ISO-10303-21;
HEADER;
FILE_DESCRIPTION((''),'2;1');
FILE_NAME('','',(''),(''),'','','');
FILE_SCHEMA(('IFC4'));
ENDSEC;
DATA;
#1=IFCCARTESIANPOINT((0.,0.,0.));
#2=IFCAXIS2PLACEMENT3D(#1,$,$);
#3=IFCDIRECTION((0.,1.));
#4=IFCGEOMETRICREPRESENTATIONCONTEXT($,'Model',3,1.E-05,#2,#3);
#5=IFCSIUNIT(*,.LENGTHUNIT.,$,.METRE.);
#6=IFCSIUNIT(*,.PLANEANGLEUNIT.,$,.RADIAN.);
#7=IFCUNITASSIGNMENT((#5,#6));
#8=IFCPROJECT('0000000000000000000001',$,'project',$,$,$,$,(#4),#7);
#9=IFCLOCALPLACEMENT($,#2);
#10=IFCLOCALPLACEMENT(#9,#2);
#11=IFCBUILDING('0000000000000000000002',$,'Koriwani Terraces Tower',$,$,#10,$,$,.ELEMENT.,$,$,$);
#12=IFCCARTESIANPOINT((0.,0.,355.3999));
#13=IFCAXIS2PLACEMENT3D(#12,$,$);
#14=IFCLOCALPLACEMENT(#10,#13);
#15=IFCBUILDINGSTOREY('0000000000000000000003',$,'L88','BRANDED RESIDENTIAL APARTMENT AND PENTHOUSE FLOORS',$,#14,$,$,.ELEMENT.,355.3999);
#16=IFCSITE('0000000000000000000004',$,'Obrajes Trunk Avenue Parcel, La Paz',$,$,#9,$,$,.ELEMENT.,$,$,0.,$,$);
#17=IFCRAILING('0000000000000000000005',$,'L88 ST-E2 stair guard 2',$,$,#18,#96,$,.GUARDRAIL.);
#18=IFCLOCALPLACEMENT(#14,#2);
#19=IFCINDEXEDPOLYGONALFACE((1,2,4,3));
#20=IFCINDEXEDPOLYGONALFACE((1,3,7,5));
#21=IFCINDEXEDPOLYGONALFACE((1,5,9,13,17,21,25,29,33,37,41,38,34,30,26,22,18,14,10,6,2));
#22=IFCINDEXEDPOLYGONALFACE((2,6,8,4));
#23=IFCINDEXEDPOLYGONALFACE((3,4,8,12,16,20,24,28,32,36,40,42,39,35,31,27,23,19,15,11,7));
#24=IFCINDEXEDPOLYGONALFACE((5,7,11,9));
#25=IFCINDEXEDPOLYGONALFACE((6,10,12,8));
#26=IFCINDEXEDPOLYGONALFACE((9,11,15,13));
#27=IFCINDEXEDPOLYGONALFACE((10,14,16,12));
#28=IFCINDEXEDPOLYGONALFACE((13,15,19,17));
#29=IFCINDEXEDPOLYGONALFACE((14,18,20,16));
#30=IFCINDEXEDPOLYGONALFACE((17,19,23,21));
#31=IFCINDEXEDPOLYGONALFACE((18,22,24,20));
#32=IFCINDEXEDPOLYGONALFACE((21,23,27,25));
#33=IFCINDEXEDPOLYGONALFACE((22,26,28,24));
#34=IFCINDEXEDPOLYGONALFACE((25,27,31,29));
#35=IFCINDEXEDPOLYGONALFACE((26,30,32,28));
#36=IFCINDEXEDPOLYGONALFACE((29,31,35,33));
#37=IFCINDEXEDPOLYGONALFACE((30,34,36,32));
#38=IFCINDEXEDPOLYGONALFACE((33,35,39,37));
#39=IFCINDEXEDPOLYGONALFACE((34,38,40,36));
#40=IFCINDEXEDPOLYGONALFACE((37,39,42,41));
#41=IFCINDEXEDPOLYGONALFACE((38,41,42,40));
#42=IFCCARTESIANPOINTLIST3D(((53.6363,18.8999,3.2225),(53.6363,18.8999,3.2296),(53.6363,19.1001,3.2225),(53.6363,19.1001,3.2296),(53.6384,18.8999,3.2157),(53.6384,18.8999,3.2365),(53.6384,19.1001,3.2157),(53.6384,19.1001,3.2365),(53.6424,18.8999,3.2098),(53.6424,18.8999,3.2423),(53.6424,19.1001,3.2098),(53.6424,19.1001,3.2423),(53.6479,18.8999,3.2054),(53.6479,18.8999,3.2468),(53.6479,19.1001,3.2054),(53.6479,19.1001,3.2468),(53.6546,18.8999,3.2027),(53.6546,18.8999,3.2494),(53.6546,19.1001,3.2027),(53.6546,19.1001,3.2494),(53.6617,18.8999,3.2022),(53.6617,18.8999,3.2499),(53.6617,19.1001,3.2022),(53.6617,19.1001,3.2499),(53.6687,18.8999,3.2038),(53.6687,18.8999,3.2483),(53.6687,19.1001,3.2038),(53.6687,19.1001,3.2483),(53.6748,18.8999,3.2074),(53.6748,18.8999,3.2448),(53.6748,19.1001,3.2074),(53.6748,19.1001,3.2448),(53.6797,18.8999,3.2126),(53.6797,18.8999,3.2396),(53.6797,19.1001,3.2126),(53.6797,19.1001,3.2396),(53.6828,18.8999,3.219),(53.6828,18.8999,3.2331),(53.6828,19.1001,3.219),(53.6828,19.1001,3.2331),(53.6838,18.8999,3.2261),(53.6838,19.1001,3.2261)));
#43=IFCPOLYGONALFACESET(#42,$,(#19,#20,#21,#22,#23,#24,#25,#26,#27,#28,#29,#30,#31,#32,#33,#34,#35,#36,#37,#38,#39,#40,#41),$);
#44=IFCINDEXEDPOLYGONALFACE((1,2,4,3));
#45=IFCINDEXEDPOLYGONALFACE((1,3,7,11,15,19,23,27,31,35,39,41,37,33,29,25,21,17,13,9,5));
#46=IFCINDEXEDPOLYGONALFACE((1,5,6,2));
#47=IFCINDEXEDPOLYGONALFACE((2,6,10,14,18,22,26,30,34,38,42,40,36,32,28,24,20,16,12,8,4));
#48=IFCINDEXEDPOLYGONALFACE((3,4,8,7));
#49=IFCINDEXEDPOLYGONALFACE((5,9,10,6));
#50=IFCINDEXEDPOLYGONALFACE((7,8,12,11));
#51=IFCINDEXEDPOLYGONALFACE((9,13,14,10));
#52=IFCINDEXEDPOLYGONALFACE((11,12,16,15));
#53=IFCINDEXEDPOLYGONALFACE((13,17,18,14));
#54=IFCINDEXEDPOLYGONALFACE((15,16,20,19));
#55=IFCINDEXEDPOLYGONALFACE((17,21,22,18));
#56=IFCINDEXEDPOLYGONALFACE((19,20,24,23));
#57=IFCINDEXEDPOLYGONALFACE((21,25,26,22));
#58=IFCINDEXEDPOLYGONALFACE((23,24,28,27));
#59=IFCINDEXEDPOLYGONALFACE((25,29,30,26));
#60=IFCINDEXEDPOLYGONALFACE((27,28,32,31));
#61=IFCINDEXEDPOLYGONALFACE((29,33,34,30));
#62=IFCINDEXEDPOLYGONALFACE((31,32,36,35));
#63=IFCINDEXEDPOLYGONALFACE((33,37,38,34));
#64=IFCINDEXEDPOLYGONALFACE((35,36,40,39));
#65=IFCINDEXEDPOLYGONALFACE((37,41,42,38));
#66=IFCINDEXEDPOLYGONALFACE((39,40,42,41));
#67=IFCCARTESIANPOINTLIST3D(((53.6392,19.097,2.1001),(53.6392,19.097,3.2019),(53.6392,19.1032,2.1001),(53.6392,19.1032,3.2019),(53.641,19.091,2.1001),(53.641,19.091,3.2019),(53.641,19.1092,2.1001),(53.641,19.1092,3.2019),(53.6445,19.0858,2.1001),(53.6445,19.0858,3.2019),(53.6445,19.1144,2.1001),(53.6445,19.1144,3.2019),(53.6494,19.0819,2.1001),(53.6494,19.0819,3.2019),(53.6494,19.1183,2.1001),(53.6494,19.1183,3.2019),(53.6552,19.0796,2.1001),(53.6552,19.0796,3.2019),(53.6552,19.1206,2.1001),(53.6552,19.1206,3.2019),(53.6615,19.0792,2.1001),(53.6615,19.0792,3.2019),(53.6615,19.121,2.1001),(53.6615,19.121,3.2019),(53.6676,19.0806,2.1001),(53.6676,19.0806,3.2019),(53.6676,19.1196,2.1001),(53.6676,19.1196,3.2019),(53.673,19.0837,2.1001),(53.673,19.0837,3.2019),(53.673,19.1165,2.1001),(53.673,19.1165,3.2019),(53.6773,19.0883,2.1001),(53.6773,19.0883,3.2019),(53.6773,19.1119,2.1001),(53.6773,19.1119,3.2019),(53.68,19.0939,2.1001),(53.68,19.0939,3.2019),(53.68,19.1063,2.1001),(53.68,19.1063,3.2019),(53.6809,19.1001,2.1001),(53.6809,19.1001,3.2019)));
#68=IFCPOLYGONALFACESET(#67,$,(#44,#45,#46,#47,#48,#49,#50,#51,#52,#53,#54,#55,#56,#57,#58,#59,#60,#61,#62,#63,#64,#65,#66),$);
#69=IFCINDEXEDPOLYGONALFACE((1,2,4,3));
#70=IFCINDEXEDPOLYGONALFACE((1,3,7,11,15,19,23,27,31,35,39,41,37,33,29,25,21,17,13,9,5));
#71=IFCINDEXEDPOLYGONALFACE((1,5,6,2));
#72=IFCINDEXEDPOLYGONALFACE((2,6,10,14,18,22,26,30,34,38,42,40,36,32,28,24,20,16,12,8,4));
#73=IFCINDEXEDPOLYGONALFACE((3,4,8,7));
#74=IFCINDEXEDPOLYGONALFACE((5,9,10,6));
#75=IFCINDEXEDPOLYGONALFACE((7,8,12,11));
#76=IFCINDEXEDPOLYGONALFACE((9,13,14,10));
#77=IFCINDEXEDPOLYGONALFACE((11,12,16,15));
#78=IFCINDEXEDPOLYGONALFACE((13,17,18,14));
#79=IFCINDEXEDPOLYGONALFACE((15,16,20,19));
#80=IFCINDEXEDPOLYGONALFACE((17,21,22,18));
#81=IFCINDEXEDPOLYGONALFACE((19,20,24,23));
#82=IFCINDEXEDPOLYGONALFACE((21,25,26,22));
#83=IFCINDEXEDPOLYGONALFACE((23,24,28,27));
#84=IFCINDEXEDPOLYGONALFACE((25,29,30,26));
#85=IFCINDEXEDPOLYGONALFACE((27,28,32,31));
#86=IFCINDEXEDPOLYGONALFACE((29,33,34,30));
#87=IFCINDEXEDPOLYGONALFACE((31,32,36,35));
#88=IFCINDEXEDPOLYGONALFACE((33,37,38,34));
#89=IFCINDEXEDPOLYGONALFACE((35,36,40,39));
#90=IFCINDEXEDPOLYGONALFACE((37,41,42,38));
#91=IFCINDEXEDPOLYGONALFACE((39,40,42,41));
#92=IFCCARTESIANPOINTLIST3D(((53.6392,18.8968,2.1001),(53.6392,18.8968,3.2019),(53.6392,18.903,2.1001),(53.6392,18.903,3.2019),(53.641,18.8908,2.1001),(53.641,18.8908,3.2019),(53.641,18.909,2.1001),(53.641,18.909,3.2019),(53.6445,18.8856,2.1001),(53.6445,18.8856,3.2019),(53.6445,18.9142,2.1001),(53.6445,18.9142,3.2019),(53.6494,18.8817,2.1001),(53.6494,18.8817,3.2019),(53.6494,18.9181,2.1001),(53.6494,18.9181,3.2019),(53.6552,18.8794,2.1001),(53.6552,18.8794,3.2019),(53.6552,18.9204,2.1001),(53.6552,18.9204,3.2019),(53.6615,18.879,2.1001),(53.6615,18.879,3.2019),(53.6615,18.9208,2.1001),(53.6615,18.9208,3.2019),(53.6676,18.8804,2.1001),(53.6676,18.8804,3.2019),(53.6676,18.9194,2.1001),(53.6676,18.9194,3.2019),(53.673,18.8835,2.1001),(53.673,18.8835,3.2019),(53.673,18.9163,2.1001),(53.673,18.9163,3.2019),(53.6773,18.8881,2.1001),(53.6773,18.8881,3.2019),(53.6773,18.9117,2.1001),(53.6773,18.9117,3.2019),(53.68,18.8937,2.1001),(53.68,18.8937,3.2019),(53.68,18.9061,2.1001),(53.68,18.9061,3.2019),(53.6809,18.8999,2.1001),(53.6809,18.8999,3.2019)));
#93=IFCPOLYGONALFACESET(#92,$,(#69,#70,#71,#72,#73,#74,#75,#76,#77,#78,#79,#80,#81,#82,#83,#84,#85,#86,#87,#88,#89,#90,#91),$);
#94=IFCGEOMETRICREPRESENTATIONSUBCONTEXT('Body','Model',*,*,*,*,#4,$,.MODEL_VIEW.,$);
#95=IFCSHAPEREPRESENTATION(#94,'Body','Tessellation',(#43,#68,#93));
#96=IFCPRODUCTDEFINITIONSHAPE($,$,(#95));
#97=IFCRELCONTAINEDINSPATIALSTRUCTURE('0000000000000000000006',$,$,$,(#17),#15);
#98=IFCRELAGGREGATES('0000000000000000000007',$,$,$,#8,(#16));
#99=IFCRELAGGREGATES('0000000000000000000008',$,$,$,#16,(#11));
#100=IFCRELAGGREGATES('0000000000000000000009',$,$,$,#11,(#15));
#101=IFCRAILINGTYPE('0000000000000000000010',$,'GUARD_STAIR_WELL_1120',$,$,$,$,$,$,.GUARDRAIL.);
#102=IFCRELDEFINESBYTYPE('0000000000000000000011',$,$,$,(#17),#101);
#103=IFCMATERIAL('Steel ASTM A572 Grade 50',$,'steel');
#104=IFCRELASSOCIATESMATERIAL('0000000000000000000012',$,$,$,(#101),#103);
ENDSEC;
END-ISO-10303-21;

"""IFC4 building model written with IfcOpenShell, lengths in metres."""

from ifc_helpers import new_model, si_unit, direction, frame, origin, origin_2d, place, context, subcontext, project, spatial, circle, extrude, material, type_object, element, save


model = new_model("IFC4")

# Units and contexts
model_context = context("Model", 3, precision=1e-05, world=origin(), true_north=direction((0.0, 1.0)))
body_context = subcontext(model_context, "Body", "Model", "MODEL_VIEW")
ifc_project = project(units=[si_unit("LENGTHUNIT", "METRE"), si_unit("PLANEANGLEUNIT", "RADIAN")], contexts=[model_context])

# Site, building, storey
site_placement = place(None, origin())
site = spatial("IfcSite", under=ifc_project, at=site_placement, Name="Obrajes Trunk Avenue Parcel, La Paz", CompositionType="ELEMENT", RefElevation=0.0)
building_placement = place(site_placement, origin())
building = spatial("IfcBuilding", under=site, at=building_placement, Name="Koriwani Terraces Tower", CompositionType="ELEMENT")
storey_placement = place(building_placement, frame((0.0, 0.0, 355.3999)))
storey = spatial("IfcBuildingStorey", under=building, at=storey_placement, Name="L88", Description="BRANDED RESIDENTIAL APARTMENT AND PENTHOUSE FLOORS", CompositionType="ELEMENT", Elevation=355.3999)

# Shared definitions
ifc_material_1 = material(Name="Steel ASTM A572 Grade 50", Category="steel")

# Railing
railing_type_1 = type_object("IfcRailingType", Name="GUARD_STAIR_WELL_1120", PredefinedType="GUARDRAIL", material=ifc_material_1)
railing_1_placement = place(storey_placement, frame((53.6599, 19.1001, 2.1001)))
element("IfcRailing", 1, at=railing_1_placement, inside=storey, type_object=railing_type_1, Name="L88 ST-E2 stair guard 2", PredefinedType="GUARDRAIL", context=body_context, shape_type="SweptSolid", body=[
    extrude(circle(Radius=0.0239, at=origin_2d()), frame((0.0, 0.0, 1.126), z_axis=(0.0, -1.0, 0.0), x_axis=(1.0, 0.0, 0.0)), (0.0, 0.0, 1.0), 0.2002),
    extrude(circle(Radius=0.021, at=origin_2d()), origin(), (0.0, 0.0, 1.0), 1.1018),
    extrude(circle(Radius=0.021, at=origin_2d()), frame((0.0, -0.2002, 0.0)), (0.0, 0.0, 1.0), 1.1018),
])

save(model, "model.ifc")
